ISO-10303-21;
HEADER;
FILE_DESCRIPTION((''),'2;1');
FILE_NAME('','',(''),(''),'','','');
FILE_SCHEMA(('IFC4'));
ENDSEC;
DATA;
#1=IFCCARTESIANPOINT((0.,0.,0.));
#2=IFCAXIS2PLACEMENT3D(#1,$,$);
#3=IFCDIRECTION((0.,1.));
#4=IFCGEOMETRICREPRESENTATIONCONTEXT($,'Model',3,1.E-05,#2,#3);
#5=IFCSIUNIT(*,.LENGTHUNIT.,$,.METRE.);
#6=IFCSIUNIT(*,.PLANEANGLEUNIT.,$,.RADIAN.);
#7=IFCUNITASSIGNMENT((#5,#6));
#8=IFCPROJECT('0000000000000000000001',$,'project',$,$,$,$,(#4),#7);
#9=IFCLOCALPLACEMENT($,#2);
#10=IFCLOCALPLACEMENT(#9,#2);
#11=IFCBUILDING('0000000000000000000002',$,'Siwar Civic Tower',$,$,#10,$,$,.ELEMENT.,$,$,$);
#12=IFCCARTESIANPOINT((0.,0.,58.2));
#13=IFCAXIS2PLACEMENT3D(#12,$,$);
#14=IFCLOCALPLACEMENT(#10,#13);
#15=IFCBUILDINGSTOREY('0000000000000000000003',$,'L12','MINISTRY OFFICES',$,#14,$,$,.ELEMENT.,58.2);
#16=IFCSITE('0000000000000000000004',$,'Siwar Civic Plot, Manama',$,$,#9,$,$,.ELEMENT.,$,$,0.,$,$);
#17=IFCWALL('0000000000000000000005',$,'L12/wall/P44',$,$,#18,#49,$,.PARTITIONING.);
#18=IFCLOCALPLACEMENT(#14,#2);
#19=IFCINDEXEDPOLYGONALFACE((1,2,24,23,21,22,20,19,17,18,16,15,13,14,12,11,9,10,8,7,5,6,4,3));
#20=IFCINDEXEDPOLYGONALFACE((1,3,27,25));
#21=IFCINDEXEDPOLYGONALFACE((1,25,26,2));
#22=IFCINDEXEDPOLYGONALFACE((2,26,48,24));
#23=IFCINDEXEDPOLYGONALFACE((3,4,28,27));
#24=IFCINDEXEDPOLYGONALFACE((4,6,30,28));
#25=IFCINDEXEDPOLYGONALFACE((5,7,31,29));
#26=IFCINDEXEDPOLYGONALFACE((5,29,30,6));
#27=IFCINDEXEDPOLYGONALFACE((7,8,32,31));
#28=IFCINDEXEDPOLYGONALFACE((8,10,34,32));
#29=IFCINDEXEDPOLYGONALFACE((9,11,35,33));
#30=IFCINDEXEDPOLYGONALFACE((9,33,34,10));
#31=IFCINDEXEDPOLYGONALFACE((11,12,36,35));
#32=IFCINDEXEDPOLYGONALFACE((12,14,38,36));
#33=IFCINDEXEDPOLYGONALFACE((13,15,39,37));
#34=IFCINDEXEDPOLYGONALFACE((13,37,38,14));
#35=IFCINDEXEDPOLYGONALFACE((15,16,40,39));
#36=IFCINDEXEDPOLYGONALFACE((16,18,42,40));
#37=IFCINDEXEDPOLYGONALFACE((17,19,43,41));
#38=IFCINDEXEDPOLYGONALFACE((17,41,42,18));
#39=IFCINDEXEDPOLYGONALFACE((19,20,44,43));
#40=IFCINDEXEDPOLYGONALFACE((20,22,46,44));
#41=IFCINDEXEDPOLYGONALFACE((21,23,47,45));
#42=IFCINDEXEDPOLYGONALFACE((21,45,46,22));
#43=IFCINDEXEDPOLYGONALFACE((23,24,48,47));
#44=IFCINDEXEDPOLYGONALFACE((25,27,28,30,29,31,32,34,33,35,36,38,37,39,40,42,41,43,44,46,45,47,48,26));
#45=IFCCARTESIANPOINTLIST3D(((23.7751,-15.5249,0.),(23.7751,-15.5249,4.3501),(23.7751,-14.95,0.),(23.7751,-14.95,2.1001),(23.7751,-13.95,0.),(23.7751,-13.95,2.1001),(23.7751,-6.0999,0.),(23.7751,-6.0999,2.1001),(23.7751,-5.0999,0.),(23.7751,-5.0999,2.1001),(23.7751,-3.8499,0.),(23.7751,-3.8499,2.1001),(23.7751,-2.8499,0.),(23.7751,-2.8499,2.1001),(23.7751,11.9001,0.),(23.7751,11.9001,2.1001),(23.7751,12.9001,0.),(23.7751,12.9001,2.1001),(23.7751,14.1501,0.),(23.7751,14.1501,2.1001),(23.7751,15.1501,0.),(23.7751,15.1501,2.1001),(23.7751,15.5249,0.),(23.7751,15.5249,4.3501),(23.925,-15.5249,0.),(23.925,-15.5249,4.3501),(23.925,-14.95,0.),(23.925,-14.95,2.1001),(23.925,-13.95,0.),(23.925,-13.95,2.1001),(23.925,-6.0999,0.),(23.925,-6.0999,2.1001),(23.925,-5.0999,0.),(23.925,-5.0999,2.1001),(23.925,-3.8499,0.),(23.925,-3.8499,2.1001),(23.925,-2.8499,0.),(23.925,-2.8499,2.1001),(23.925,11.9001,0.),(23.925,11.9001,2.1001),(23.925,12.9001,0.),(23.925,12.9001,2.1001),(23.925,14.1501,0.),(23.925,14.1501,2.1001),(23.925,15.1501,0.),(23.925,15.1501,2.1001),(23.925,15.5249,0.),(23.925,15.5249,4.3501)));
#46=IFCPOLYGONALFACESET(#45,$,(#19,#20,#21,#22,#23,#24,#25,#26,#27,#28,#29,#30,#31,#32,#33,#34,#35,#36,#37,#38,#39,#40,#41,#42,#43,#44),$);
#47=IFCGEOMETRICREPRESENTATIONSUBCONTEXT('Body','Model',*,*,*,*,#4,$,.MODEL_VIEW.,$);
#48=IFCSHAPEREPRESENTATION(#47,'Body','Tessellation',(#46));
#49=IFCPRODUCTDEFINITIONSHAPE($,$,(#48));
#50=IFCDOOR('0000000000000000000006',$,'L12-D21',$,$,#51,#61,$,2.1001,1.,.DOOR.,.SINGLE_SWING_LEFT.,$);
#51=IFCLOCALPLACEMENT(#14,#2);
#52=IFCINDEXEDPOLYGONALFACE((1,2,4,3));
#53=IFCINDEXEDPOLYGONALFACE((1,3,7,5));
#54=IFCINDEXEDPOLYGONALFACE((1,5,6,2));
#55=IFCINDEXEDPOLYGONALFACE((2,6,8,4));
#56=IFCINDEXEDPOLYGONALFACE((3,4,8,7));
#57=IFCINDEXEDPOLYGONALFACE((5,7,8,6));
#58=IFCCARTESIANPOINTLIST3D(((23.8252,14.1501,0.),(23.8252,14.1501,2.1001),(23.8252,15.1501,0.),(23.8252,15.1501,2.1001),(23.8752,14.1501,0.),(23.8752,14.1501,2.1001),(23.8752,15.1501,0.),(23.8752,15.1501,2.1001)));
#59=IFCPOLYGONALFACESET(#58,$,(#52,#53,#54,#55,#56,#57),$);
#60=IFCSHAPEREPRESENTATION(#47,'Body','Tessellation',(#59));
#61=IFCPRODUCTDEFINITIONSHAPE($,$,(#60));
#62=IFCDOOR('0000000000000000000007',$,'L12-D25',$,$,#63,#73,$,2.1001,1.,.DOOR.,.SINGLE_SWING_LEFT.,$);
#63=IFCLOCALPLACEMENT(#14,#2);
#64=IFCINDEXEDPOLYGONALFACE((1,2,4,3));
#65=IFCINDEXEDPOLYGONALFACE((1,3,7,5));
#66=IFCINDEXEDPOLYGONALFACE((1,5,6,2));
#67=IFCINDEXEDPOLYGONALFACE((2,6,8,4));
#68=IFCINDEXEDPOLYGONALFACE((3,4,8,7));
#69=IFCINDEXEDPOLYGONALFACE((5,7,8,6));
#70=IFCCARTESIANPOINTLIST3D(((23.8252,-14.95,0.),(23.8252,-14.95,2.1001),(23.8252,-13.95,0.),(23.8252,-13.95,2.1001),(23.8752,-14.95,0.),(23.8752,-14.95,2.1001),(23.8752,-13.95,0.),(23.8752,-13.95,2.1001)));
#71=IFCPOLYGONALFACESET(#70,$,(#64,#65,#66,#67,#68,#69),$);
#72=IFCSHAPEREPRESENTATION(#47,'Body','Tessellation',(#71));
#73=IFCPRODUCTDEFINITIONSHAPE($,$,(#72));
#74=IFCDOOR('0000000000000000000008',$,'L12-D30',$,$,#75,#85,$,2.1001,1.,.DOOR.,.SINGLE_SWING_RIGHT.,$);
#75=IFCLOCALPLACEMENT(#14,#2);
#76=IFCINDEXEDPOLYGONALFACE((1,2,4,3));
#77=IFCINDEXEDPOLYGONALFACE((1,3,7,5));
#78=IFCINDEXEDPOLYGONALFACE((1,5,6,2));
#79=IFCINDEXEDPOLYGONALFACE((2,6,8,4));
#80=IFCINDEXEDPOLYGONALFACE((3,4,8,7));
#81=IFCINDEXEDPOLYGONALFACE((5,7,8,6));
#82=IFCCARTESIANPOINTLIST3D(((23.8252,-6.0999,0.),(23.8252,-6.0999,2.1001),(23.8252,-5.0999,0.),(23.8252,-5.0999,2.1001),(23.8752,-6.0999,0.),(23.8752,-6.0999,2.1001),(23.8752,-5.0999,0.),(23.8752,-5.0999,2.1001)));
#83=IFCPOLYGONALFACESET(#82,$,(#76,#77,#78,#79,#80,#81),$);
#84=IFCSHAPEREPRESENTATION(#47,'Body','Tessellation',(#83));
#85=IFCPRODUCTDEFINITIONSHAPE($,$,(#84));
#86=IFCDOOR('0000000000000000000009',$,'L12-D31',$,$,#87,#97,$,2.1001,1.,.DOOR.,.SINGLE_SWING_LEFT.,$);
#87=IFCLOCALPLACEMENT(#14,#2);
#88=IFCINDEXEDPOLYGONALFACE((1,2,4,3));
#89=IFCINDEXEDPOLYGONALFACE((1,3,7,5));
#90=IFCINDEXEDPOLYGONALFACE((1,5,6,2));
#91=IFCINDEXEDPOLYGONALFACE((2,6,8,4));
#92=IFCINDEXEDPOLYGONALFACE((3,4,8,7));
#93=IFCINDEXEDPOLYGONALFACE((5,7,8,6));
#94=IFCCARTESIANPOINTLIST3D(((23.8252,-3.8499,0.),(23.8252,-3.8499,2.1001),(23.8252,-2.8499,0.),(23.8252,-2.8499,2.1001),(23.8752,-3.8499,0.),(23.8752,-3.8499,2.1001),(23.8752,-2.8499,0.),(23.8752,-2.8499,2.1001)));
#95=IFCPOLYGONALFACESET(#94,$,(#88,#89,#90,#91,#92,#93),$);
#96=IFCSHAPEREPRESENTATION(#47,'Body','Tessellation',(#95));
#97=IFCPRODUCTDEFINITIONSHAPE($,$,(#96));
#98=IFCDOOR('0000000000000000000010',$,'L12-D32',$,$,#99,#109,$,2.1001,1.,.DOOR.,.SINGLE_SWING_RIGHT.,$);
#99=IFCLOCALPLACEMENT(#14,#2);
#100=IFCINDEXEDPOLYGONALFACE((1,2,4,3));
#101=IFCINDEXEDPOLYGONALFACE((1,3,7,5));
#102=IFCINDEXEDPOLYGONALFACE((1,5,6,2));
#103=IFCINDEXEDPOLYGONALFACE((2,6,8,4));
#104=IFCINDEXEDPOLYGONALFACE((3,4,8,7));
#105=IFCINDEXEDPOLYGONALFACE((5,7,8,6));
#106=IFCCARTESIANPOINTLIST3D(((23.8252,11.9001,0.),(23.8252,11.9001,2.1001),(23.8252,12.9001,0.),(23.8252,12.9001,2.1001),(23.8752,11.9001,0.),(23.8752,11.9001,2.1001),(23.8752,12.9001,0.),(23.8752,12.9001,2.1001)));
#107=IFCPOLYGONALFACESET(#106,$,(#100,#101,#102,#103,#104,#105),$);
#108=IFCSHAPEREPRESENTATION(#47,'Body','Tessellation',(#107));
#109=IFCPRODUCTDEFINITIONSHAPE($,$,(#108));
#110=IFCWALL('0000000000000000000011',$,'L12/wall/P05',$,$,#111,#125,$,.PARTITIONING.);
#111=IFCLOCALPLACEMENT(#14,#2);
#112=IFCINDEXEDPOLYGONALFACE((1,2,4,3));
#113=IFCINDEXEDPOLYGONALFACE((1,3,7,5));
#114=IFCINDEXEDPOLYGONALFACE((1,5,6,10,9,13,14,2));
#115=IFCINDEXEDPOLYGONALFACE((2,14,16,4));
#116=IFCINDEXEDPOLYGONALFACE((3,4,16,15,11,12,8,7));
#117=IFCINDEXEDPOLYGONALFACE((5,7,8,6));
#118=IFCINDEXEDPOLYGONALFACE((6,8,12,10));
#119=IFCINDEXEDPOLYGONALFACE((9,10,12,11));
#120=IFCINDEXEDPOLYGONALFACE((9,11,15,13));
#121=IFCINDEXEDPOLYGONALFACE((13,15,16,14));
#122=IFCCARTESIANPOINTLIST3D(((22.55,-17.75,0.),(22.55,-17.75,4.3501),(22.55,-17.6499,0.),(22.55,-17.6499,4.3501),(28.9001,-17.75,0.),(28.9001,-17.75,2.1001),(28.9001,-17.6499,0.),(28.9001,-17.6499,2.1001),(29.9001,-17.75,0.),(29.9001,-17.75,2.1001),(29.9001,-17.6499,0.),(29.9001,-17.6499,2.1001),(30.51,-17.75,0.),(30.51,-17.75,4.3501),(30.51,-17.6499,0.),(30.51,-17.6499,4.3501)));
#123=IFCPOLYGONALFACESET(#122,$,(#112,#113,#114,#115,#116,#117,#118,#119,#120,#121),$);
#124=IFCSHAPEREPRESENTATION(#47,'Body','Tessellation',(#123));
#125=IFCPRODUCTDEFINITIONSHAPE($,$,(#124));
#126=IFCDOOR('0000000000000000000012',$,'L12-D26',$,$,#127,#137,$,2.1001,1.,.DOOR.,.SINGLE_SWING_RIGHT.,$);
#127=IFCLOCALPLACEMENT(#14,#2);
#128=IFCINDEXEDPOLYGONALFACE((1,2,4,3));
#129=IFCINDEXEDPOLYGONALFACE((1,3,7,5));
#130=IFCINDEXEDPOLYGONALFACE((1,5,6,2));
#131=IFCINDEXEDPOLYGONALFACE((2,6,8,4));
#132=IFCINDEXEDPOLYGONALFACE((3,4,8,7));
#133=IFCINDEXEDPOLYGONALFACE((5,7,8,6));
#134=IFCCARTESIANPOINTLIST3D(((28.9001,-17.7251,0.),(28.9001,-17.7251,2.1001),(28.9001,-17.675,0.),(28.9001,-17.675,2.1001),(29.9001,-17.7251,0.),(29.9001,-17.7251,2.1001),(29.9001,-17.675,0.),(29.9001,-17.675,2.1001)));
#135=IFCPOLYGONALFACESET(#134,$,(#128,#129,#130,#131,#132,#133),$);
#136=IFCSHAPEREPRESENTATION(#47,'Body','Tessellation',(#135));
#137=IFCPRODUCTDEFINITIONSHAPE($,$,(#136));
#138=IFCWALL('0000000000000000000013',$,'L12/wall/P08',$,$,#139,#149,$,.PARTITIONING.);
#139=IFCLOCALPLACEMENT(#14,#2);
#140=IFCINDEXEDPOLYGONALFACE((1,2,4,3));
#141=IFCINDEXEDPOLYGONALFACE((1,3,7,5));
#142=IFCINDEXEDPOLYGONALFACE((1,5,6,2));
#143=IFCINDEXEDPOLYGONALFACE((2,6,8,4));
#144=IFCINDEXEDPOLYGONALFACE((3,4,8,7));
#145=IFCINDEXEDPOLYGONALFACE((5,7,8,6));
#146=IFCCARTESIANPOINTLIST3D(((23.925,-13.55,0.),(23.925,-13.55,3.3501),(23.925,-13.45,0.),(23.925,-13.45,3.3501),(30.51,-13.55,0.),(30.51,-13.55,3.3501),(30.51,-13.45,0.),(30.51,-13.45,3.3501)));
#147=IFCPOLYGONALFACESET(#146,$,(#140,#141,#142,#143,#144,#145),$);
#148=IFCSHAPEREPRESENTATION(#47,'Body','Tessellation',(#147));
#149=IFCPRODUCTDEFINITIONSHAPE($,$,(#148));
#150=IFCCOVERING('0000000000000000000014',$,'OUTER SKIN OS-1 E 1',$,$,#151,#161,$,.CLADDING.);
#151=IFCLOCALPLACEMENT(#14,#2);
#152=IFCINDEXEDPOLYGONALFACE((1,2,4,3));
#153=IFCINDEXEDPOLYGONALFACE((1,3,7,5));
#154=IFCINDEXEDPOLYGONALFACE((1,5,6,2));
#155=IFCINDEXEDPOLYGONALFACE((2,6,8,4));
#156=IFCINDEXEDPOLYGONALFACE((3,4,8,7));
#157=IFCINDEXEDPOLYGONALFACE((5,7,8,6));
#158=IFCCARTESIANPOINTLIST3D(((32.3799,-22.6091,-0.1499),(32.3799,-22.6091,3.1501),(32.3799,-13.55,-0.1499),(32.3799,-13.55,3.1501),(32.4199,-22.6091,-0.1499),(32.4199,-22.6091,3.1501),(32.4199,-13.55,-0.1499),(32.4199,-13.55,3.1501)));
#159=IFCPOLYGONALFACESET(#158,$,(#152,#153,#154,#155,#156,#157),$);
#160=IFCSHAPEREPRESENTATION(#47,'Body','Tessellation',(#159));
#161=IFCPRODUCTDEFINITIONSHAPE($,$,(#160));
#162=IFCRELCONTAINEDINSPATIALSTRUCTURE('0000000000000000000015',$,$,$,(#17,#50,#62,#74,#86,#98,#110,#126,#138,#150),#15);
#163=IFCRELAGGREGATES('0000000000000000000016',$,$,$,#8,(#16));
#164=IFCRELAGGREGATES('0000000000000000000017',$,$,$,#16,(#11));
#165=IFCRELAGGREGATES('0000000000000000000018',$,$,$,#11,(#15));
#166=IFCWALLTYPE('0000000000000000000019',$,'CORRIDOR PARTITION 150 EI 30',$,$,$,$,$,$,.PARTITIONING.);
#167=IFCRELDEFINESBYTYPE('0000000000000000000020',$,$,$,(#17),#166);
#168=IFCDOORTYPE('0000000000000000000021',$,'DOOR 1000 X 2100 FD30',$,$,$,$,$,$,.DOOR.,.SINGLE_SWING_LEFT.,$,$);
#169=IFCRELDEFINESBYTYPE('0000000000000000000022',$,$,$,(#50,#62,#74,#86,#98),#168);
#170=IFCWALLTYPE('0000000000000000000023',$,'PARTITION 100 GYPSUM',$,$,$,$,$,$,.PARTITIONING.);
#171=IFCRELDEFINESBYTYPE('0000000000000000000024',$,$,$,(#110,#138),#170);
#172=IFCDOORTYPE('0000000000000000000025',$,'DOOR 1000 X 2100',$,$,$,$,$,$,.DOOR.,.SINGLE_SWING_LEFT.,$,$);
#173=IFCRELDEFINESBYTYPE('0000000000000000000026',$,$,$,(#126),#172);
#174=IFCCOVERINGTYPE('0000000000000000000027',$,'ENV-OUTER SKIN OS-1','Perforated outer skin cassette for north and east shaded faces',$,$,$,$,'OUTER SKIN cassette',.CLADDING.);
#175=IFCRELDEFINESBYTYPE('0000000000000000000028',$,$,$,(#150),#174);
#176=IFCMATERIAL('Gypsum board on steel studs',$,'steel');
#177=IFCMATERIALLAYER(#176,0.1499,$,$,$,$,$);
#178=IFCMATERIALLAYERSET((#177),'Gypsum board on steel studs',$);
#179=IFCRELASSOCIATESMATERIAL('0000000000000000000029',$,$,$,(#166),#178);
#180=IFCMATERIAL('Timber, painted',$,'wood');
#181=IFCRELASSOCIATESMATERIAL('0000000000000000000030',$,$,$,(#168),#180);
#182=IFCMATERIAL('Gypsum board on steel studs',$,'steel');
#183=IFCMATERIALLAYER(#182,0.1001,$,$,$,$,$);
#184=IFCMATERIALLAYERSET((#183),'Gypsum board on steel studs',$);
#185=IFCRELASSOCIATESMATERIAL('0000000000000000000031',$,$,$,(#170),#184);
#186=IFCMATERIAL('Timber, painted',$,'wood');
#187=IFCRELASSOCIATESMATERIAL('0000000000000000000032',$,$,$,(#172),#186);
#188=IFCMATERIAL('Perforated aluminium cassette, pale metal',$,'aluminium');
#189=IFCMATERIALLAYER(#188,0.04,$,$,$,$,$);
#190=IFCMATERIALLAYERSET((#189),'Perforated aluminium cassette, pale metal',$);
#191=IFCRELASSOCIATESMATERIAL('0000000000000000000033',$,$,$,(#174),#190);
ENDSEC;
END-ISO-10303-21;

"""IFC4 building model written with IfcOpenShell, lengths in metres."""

from ifc_helpers import new_model, si_unit, direction, frame, frame_2d, origin, origin_2d, place, context, subcontext, project, spatial, rectangle, extrude, material, layer, layer_set, type_object, element, fill, save


model = new_model("IFC4")

# Units and contexts
model_context = context("Model", 3, precision=1e-05, world=origin(), true_north=direction((0.0, 1.0)))
body_context = subcontext(model_context, "Body", "Model", "MODEL_VIEW")
ifc_project = project(units=[si_unit("LENGTHUNIT", "METRE"), si_unit("PLANEANGLEUNIT", "RADIAN")], contexts=[model_context])

# Site, building, storey
site_placement = place(None, origin())
site = spatial("IfcSite", under=ifc_project, at=site_placement, Name="Siwar Civic Plot, Manama", CompositionType="ELEMENT", RefElevation=0.0)
building_placement = place(site_placement, origin())
building = spatial("IfcBuilding", under=site, at=building_placement, Name="Siwar Civic Tower", CompositionType="ELEMENT")
storey_placement = place(building_placement, frame((0.0, 0.0, 58.2)))
storey = spatial("IfcBuildingStorey", under=building, at=storey_placement, Name="L12", Description="MINISTRY OFFICES", CompositionType="ELEMENT", Elevation=58.2)

# Wall, openings, doors
ifc_material_1 = material(Name="Gypsum board on steel studs", Category="steel")
ifc_layer_1 = layer(ifc_material_1, 0.1499)
ifc_layer_set_1 = layer_set([ifc_layer_1], Name="Gypsum board on steel studs")
wall_type_1 = type_object("IfcWallType", Name="CORRIDOR PARTITION 150 EI 30", PredefinedType="PARTITIONING", material=ifc_layer_set_1)
wall_1_placement = place(storey_placement, frame((23.8501, -15.5249, 0.0), z_axis=(0.0, 0.0, 1.0), x_axis=(0.0, 1.0, 0.0)))
wall_1 = element("IfcWall", 1, at=wall_1_placement, inside=storey, type_object=wall_type_1, Name="L12/wall/P44", PredefinedType="PARTITIONING", context=body_context, shape_type="SweptSolid", body=[
    extrude(rectangle(XDim=31.0498, YDim=0.1499, at=frame_2d((15.5249, 0.0))), origin(), (0.0, 0.0, 1.0), 4.3501),
])
opening_1_placement = place(wall_1_placement, frame((29.675, 0.0, 0.0)))
opening_1 = element("IfcOpeningElement", 2, at=opening_1_placement, cuts=wall_1, PredefinedType="OPENING", context=body_context, shape_type="SweptSolid", body=[
    extrude(rectangle(XDim=1.0, YDim=2.1001, at=frame_2d((0.5, 1.05))), frame((0.0, 0.085, 0.0), z_axis=(0.0, -1.0, 0.0), x_axis=(1.0, 0.0, 0.0)), (0.0, 0.0, 1.0), 0.1699),
])
opening_2_placement = place(wall_1_placement, frame((0.575, 0.0, 0.0)))
opening_2 = element("IfcOpeningElement", 3, at=opening_2_placement, cuts=wall_1, PredefinedType="OPENING", context=body_context, shape_type="SweptSolid", body=[
    extrude(rectangle(XDim=1.0, YDim=2.1001, at=frame_2d((0.5, 1.05))), frame((0.0, 0.085, 0.0), z_axis=(0.0, -1.0, 0.0), x_axis=(1.0, 0.0, 0.0)), (0.0, 0.0, 1.0), 0.1699),
])
opening_3_placement = place(wall_1_placement, frame((9.425, 0.0, 0.0)))
opening_3 = element("IfcOpeningElement", 4, at=opening_3_placement, cuts=wall_1, PredefinedType="OPENING", context=body_context, shape_type="SweptSolid", body=[
    extrude(rectangle(XDim=1.0, YDim=2.1001, at=frame_2d((0.5, 1.05))), frame((0.0, 0.085, 0.0), z_axis=(0.0, -1.0, 0.0), x_axis=(1.0, 0.0, 0.0)), (0.0, 0.0, 1.0), 0.1699),
])
opening_4_placement = place(wall_1_placement, frame((11.675, 0.0, 0.0)))
opening_4 = element("IfcOpeningElement", 5, at=opening_4_placement, cuts=wall_1, PredefinedType="OPENING", context=body_context, shape_type="SweptSolid", body=[
    extrude(rectangle(XDim=1.0, YDim=2.1001, at=frame_2d((0.5, 1.05))), frame((0.0, 0.085, 0.0), z_axis=(0.0, -1.0, 0.0), x_axis=(1.0, 0.0, 0.0)), (0.0, 0.0, 1.0), 0.1699),
])
opening_5_placement = place(wall_1_placement, frame((27.425, 0.0, 0.0)))
opening_5 = element("IfcOpeningElement", 6, at=opening_5_placement, cuts=wall_1, PredefinedType="OPENING", context=body_context, shape_type="SweptSolid", body=[
    extrude(rectangle(XDim=1.0, YDim=2.1001, at=frame_2d((0.5, 1.05))), frame((0.0, 0.085, 0.0), z_axis=(0.0, -1.0, 0.0), x_axis=(1.0, 0.0, 0.0)), (0.0, 0.0, 1.0), 0.1699),
])
ifc_material_2 = material(Name="Timber, painted", Category="wood")
door_type_1 = type_object("IfcDoorType", Name="DOOR 1000 X 2100 FD30", OperationType="SINGLE_SWING_LEFT", PredefinedType="DOOR", material=ifc_material_2)
door_1_placement = place(opening_1_placement, origin())
door_1 = element("IfcDoor", 7, at=door_1_placement, inside=storey, type_object=door_type_1, Name="L12-D21", OperationType="SINGLE_SWING_LEFT", OverallHeight=2.1001, OverallWidth=1.0, PredefinedType="DOOR", context=body_context, shape_type="SweptSolid", body=[
    extrude(rectangle(XDim=1.0, YDim=2.1001, at=frame_2d((0.5, 1.05))), frame((0.0, 0.0249, 0.0), z_axis=(0.0, -1.0, 0.0), x_axis=(1.0, 0.0, 0.0)), (0.0, 0.0, 1.0), 0.05),
])
fill(opening_1, door_1)
door_2_placement = place(opening_2_placement, origin())
door_2 = element("IfcDoor", 8, at=door_2_placement, inside=storey, type_object=door_type_1, Name="L12-D25", OperationType="SINGLE_SWING_LEFT", OverallHeight=2.1001, OverallWidth=1.0, PredefinedType="DOOR", context=body_context, shape_type="SweptSolid", body=[
    extrude(rectangle(XDim=1.0, YDim=2.1001, at=frame_2d((0.5, 1.05))), frame((0.0, 0.0249, 0.0), z_axis=(0.0, -1.0, 0.0), x_axis=(1.0, 0.0, 0.0)), (0.0, 0.0, 1.0), 0.05),
])
fill(opening_2, door_2)
door_3_placement = place(opening_3_placement, origin())
door_3 = element("IfcDoor", 9, at=door_3_placement, inside=storey, type_object=door_type_1, Name="L12-D30", OperationType="SINGLE_SWING_RIGHT", OverallHeight=2.1001, OverallWidth=1.0, PredefinedType="DOOR", context=body_context, shape_type="SweptSolid", body=[
    extrude(rectangle(XDim=1.0, YDim=2.1001, at=frame_2d((0.5, 1.05))), frame((0.0, 0.0249, 0.0), z_axis=(0.0, -1.0, 0.0), x_axis=(1.0, 0.0, 0.0)), (0.0, 0.0, 1.0), 0.05),
])
fill(opening_3, door_3)
door_4_placement = place(opening_4_placement, origin())
door_4 = element("IfcDoor", 10, at=door_4_placement, inside=storey, type_object=door_type_1, Name="L12-D31", OperationType="SINGLE_SWING_LEFT", OverallHeight=2.1001, OverallWidth=1.0, PredefinedType="DOOR", context=body_context, shape_type="SweptSolid", body=[
    extrude(rectangle(XDim=1.0, YDim=2.1001, at=frame_2d((0.5, 1.05))), frame((0.0, 0.0249, 0.0), z_axis=(0.0, -1.0, 0.0), x_axis=(1.0, 0.0, 0.0)), (0.0, 0.0, 1.0), 0.05),
])
fill(opening_4, door_4)
door_5_placement = place(opening_5_placement, origin())
door_5 = element("IfcDoor", 11, at=door_5_placement, inside=storey, type_object=door_type_1, Name="L12-D32", OperationType="SINGLE_SWING_RIGHT", OverallHeight=2.1001, OverallWidth=1.0, PredefinedType="DOOR", context=body_context, shape_type="SweptSolid", body=[
    extrude(rectangle(XDim=1.0, YDim=2.1001, at=frame_2d((0.5, 1.05))), frame((0.0, 0.0249, 0.0), z_axis=(0.0, -1.0, 0.0), x_axis=(1.0, 0.0, 0.0)), (0.0, 0.0, 1.0), 0.05),
])
fill(opening_5, door_5)

# Wall, opening, door
ifc_material_3 = material(Name="Gypsum board on steel studs", Category="steel")
ifc_layer_2 = layer(ifc_material_3, 0.1001)
ifc_layer_set_2 = layer_set([ifc_layer_2], Name="Gypsum board on steel studs")
wall_type_2 = type_object("IfcWallType", Name="PARTITION 100 GYPSUM", PredefinedType="PARTITIONING", material=ifc_layer_set_2)
wall_2_placement = place(storey_placement, frame((22.55, -17.7, 0.0), z_axis=(0.0, 0.0, 1.0), x_axis=(1.0, 0.0, 0.0)))
wall_2 = element("IfcWall", 12, at=wall_2_placement, inside=storey, type_object=wall_type_2, Name="L12/wall/P05", PredefinedType="PARTITIONING", context=body_context, shape_type="SweptSolid", body=[
    extrude(rectangle(XDim=7.96, YDim=0.1001, at=frame_2d((3.98, 0.0))), origin(), (0.0, 0.0, 1.0), 4.3501),
])
opening_6_placement = place(wall_2_placement, frame((6.3501, 0.0, 0.0)))
opening_6 = element("IfcOpeningElement", 13, at=opening_6_placement, cuts=wall_2, PredefinedType="OPENING", context=body_context, shape_type="SweptSolid", body=[
    extrude(rectangle(XDim=1.0, YDim=2.1001, at=frame_2d((0.5, 1.05))), frame((0.0, 0.0601, 0.0), z_axis=(0.0, -1.0, 0.0), x_axis=(1.0, 0.0, 0.0)), (0.0, 0.0, 1.0), 0.1201),
])
ifc_material_4 = material(Name="Timber, painted", Category="wood")
door_type_2 = type_object("IfcDoorType", Name="DOOR 1000 X 2100", OperationType="SINGLE_SWING_LEFT", PredefinedType="DOOR", material=ifc_material_4)
door_6_placement = place(opening_6_placement, origin())
door_6 = element("IfcDoor", 14, at=door_6_placement, inside=storey, type_object=door_type_2, Name="L12-D26", OperationType="SINGLE_SWING_RIGHT", OverallHeight=2.1001, OverallWidth=1.0, PredefinedType="DOOR", context=body_context, shape_type="SweptSolid", body=[
    extrude(rectangle(XDim=1.0, YDim=2.1001, at=frame_2d((0.5, 1.05))), frame((0.0, 0.0249, 0.0), z_axis=(0.0, -1.0, 0.0), x_axis=(1.0, 0.0, 0.0)), (0.0, 0.0, 1.0), 0.05),
])
fill(opening_6, door_6)

# Wall
wall_3_placement = place(storey_placement, frame((23.925, -13.5, 0.0), z_axis=(0.0, 0.0, 1.0), x_axis=(1.0, 0.0, 0.0)))
element("IfcWall", 15, at=wall_3_placement, inside=storey, type_object=wall_type_2, Name="L12/wall/P08", PredefinedType="PARTITIONING", context=body_context, shape_type="SweptSolid", body=[
    extrude(rectangle(XDim=6.585, YDim=0.1001, at=frame_2d((3.2925, 0.0))), origin(), (0.0, 0.0, 1.0), 3.3501),
])

# Covering
ifc_material_5 = material(Name="Perforated aluminium cassette, pale metal", Category="aluminium")
ifc_layer_3 = layer(ifc_material_5, 0.04)
ifc_layer_set_3 = layer_set([ifc_layer_3], Name="Perforated aluminium cassette, pale metal")
covering_type = type_object("IfcCoveringType", Name="ENV-OUTER SKIN OS-1", Description="Perforated outer skin cassette for north and east shaded faces", ElementType="OUTER SKIN cassette", PredefinedType="CLADDING", material=ifc_layer_set_3)
covering_placement = place(storey_placement, frame((32.3999, -18.0796, -0.1499), z_axis=(0.0, 0.0, 1.0), x_axis=(0.0, 1.0, 0.0)))
element("IfcCovering", 16, at=covering_placement, inside=storey, type_object=covering_type, Name="OUTER SKIN OS-1 E 1", PredefinedType="CLADDING", context=body_context, shape_type="SweptSolid", body=[
    extrude(rectangle(XDim=9.0591, YDim=0.04, at=origin_2d()), origin(), (0.0, 0.0, 1.0), 3.3),
])

save(model, "model.ifc")
